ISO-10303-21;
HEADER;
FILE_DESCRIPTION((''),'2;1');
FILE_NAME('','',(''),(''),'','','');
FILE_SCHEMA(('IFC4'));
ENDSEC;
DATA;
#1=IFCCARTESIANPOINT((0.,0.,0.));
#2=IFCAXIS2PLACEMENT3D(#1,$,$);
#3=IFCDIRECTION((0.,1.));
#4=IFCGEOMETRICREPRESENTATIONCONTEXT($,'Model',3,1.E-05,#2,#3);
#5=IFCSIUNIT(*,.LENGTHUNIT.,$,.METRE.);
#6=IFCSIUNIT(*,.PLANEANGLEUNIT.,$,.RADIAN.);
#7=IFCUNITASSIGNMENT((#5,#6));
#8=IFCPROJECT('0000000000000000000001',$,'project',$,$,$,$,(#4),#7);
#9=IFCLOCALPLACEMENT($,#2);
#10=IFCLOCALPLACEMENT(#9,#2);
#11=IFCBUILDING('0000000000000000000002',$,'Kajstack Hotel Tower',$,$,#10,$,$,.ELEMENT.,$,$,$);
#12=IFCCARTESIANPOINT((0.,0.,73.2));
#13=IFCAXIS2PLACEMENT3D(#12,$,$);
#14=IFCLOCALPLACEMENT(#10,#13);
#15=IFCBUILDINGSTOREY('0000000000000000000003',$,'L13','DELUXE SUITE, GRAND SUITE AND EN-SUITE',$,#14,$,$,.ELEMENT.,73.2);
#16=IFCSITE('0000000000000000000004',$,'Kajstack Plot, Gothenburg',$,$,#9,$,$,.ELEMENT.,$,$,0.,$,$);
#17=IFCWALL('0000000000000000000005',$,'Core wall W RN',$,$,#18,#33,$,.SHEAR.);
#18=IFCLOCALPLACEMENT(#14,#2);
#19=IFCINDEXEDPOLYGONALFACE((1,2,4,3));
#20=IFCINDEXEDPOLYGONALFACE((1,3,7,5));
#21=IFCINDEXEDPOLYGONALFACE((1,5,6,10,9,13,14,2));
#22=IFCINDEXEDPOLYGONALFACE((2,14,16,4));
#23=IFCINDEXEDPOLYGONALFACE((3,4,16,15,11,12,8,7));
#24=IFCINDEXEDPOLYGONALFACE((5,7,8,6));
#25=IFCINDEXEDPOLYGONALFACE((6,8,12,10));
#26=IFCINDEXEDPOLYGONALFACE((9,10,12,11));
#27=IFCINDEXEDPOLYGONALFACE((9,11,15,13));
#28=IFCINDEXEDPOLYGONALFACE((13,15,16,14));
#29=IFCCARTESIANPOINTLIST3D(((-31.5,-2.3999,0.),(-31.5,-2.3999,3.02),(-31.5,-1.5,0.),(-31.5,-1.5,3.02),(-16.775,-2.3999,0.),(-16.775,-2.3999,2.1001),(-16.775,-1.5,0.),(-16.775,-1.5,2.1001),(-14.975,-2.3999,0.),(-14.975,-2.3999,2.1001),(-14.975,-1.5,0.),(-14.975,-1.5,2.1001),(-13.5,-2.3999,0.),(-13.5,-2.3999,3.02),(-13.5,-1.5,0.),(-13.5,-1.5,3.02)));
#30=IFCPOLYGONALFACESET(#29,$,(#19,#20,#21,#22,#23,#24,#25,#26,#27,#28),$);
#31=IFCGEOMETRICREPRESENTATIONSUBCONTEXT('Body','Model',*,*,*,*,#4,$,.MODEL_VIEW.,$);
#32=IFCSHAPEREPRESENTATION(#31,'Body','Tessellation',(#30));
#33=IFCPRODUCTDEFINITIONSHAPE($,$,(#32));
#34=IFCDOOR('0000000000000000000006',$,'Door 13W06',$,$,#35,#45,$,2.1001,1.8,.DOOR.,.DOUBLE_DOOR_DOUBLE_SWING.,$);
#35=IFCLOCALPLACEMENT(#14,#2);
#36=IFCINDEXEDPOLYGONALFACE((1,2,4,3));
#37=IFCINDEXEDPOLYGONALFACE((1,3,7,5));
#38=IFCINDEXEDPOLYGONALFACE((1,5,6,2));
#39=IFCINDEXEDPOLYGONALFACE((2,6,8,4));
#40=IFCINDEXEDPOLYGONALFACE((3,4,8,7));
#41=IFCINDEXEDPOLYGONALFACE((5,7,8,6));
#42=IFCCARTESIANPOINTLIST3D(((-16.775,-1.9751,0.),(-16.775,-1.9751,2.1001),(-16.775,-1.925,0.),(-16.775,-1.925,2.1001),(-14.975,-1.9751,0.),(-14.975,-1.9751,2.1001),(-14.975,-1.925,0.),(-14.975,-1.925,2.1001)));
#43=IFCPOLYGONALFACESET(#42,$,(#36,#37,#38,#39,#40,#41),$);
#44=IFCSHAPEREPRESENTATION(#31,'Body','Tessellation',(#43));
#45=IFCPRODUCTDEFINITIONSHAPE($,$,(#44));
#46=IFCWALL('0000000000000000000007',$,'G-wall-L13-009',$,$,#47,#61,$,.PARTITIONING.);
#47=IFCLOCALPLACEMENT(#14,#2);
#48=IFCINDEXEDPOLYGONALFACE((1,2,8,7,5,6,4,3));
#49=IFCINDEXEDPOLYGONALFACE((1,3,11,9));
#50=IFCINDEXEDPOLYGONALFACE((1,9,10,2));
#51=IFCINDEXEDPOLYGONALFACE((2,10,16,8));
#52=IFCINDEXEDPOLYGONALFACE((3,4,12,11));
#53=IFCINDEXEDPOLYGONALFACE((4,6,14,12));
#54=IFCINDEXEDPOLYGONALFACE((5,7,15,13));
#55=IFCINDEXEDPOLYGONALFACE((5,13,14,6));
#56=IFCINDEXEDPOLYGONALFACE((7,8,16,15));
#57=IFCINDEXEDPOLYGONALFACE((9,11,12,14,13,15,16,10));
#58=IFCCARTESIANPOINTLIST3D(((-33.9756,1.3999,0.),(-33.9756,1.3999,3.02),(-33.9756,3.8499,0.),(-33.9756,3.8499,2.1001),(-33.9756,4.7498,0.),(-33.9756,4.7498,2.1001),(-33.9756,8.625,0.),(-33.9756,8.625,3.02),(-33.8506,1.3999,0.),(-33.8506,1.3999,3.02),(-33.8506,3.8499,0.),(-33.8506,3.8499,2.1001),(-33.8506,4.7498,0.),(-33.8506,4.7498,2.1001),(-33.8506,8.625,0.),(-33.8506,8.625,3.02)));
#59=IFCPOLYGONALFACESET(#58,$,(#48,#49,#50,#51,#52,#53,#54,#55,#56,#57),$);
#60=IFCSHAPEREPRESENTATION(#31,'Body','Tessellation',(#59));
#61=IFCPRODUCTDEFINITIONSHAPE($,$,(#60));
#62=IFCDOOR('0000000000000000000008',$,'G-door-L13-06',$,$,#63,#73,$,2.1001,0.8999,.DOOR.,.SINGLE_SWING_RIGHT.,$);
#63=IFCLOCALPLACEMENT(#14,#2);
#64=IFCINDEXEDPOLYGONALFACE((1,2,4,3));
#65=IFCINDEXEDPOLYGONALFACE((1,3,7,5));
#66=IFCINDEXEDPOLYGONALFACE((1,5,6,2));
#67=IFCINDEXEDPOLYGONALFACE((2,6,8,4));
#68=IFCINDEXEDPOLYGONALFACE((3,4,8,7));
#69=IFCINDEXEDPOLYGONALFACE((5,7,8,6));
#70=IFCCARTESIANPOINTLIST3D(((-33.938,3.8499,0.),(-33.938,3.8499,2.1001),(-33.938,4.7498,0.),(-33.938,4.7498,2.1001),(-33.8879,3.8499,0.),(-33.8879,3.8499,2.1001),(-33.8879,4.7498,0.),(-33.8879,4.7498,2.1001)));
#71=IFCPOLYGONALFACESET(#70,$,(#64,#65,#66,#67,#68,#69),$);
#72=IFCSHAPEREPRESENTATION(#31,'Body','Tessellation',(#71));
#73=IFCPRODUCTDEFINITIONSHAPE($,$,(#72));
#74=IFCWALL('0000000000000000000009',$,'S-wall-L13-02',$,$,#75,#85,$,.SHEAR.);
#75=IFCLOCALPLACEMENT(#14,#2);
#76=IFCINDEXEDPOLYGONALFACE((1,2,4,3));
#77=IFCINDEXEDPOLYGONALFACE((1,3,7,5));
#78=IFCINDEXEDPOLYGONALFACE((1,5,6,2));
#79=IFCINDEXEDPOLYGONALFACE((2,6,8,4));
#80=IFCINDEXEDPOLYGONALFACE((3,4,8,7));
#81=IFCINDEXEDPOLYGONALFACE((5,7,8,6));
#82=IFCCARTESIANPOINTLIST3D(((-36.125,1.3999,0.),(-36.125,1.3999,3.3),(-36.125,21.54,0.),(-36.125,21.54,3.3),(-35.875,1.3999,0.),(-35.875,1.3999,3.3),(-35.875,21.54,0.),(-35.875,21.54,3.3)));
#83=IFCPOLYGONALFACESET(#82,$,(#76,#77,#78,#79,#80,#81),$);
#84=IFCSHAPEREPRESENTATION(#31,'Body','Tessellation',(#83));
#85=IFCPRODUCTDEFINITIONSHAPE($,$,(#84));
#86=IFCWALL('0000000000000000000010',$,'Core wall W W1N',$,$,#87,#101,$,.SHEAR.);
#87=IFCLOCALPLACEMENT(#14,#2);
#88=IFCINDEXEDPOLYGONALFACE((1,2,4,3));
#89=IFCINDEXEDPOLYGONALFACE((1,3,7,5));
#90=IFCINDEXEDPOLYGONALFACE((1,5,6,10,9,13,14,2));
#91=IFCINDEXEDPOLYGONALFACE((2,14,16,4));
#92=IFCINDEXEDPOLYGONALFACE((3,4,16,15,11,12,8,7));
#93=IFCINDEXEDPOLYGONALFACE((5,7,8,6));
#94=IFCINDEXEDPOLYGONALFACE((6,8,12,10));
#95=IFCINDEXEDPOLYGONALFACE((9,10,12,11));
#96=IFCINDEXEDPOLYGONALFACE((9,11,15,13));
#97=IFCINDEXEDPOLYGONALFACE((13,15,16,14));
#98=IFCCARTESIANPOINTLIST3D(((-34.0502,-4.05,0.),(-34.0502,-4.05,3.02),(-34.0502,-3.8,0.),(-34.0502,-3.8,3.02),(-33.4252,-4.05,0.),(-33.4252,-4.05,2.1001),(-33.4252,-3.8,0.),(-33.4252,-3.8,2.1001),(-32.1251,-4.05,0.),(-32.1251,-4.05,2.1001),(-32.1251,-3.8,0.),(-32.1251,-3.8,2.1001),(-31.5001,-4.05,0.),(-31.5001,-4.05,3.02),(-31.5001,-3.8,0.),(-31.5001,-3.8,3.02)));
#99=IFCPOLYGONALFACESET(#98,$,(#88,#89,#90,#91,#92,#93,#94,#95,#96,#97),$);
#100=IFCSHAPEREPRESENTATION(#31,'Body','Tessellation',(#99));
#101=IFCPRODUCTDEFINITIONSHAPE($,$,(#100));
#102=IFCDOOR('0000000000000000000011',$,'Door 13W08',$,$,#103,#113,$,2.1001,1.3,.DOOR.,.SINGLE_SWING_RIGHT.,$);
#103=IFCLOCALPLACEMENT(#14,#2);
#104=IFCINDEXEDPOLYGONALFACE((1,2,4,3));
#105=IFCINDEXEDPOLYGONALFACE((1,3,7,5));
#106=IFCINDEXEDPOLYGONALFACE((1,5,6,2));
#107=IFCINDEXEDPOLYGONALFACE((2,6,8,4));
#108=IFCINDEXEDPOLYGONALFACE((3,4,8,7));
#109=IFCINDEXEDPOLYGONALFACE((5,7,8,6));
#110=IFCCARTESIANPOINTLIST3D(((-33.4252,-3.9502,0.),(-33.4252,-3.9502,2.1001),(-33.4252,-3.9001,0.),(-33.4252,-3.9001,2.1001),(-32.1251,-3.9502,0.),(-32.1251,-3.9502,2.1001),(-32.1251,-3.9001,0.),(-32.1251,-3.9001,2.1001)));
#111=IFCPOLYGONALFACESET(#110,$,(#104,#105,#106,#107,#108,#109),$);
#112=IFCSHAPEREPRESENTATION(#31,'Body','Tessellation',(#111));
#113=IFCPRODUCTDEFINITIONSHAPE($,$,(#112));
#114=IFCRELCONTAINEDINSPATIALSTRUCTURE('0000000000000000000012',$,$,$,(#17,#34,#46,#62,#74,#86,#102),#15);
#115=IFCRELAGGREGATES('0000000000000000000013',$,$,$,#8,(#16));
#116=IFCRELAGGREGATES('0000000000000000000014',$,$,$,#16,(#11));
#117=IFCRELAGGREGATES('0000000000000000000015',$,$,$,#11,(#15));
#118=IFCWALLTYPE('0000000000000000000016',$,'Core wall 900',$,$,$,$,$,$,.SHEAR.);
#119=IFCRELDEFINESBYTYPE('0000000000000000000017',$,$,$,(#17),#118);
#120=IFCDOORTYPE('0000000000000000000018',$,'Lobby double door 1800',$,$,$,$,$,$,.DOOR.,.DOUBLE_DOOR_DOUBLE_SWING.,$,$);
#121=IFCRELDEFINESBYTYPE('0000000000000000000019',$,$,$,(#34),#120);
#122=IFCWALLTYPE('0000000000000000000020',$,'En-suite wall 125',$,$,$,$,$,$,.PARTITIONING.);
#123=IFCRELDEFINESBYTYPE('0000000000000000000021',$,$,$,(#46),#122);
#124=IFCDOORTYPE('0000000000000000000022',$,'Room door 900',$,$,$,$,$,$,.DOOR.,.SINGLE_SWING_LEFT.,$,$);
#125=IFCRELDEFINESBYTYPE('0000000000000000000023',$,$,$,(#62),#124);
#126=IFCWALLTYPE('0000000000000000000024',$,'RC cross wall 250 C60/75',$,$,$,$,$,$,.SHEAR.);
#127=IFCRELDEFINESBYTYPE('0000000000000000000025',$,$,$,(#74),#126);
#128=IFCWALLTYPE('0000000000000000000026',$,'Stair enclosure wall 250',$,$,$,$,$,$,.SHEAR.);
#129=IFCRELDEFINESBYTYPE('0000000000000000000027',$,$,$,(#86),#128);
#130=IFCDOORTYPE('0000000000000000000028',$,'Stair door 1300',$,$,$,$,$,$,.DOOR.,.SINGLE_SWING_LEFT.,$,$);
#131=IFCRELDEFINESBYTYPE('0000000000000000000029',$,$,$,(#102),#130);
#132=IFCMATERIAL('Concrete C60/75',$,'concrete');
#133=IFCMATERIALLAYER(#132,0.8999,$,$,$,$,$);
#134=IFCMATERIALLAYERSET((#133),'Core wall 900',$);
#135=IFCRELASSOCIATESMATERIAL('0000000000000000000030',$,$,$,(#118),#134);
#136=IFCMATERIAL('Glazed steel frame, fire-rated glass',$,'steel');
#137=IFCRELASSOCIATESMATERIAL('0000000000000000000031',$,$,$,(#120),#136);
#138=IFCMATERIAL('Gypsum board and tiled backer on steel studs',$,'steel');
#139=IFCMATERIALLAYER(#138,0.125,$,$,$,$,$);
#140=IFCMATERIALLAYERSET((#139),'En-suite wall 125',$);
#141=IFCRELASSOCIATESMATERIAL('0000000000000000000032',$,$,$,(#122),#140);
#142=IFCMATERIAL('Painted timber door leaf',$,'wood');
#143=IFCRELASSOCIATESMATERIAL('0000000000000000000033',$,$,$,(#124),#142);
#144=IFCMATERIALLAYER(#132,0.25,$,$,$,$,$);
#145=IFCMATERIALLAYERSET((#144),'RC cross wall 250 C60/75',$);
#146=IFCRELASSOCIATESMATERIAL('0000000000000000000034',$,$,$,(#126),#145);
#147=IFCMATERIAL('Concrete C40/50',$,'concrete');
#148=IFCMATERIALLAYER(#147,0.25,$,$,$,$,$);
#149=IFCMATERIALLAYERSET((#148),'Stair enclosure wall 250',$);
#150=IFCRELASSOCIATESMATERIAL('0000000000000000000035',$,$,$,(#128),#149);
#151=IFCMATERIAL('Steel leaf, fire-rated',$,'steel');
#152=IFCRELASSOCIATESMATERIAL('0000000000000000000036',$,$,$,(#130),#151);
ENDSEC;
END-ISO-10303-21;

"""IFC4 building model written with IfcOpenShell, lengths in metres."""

from ifc_helpers import new_model, si_unit, direction, frame, frame_2d, origin, place, context, subcontext, project, spatial, rectangle, extrude, material, layer, layer_set, type_object, element, fill, save


model = new_model("IFC4")

# Units and contexts
model_context = context("Model", 3, precision=1e-05, world=origin(), true_north=direction((0.0, 1.0)))
body_context = subcontext(model_context, "Body", "Model", "MODEL_VIEW")
ifc_project = project(units=[si_unit("LENGTHUNIT", "METRE"), si_unit("PLANEANGLEUNIT", "RADIAN")], contexts=[model_context])

# Site, building, storey
site_placement = place(None, origin())
site = spatial("IfcSite", under=ifc_project, at=site_placement, Name="Kajstack Plot, Gothenburg", CompositionType="ELEMENT", RefElevation=0.0)
building_placement = place(site_placement, origin())
building = spatial("IfcBuilding", under=site, at=building_placement, Name="Kajstack Hotel Tower", CompositionType="ELEMENT")
storey_placement = place(building_placement, frame((0.0, 0.0, 73.2)))
storey = spatial("IfcBuildingStorey", under=building, at=storey_placement, Name="L13", Description="DELUXE SUITE, GRAND SUITE AND EN-SUITE", CompositionType="ELEMENT", Elevation=73.2)

# Walls, openings, doors
ifc_material_1 = material(Name="Concrete C60/75", Category="concrete")
ifc_layer_1 = layer(ifc_material_1, 0.8999)
ifc_layer_set_1 = layer_set([ifc_layer_1], Name="Core wall 900")
wall_type_1 = type_object("IfcWallType", Name="Core wall 900", PredefinedType="SHEAR", material=ifc_layer_set_1)
wall_1_placement = place(storey_placement, frame((-31.5, -1.95, 0.0), z_axis=(0.0, 0.0, 1.0), x_axis=(1.0, 0.0, 0.0)))
wall_1 = element("IfcWall", 1, at=wall_1_placement, inside=storey, type_object=wall_type_1, Name="Core wall W RN", PredefinedType="SHEAR", context=body_context, shape_type="SweptSolid", body=[
    extrude(rectangle(XDim=18.0, YDim=0.8999, at=frame_2d((9.0, 0.0))), origin(), (0.0, 0.0, 1.0), 3.02),
])
opening_1_placement = place(wall_1_placement, frame((14.7251, 0.0, 0.0)))
opening_1 = element("IfcOpeningElement", 2, at=opening_1_placement, cuts=wall_1, PredefinedType="OPENING", context=body_context, shape_type="SweptSolid", body=[
    extrude(rectangle(XDim=1.8, YDim=2.1001, at=frame_2d((0.8999, 1.05))), frame((0.0, 0.46, 0.0), z_axis=(0.0, -1.0, 0.0), x_axis=(1.0, 0.0, 0.0)), (0.0, 0.0, 1.0), 0.9199),
])
ifc_material_2 = material(Name="Glazed steel frame, fire-rated glass", Category="steel")
door_type_1 = type_object("IfcDoorType", Name="Lobby double door 1800", OperationType="DOUBLE_DOOR_DOUBLE_SWING", PredefinedType="DOOR", material=ifc_material_2)
door_1_placement = place(opening_1_placement, origin())
door_1 = element("IfcDoor", 3, at=door_1_placement, inside=storey, type_object=door_type_1, Name="Door 13W06", OperationType="DOUBLE_DOOR_DOUBLE_SWING", OverallHeight=2.1001, OverallWidth=1.8, PredefinedType="DOOR", context=body_context, shape_type="SweptSolid", body=[
    extrude(rectangle(XDim=1.8, YDim=2.1001, at=frame_2d((0.8999, 1.05))), frame((0.0, 0.0249, 0.0), z_axis=(0.0, -1.0, 0.0), x_axis=(1.0, 0.0, 0.0)), (0.0, 0.0, 1.0), 0.05),
])
fill(opening_1, door_1)
ifc_material_3 = material(Name="Gypsum board and tiled backer on steel studs", Category="steel")
ifc_layer_2 = layer(ifc_material_3, 0.125)
ifc_layer_set_2 = layer_set([ifc_layer_2], Name="En-suite wall 125")
wall_type_2 = type_object("IfcWallType", Name="En-suite wall 125", PredefinedType="PARTITIONING", material=ifc_layer_set_2)
wall_2_placement = place(storey_placement, frame((-33.9131, 1.3999, 0.0), z_axis=(0.0, 0.0, 1.0), x_axis=(0.0, 1.0, 0.0)))
wall_2 = element("IfcWall", 4, at=wall_2_placement, inside=storey, type_object=wall_type_2, Name="G-wall-L13-009", PredefinedType="PARTITIONING", context=body_context, shape_type="SweptSolid", body=[
    extrude(rectangle(XDim=7.2251, YDim=0.125, at=frame_2d((3.6125, 0.0))), origin(), (0.0, 0.0, 1.0), 3.02),
])
opening_2_placement = place(wall_2_placement, frame((2.45, 0.0, 0.0)))
opening_2 = element("IfcOpeningElement", 5, at=opening_2_placement, cuts=wall_2, PredefinedType="OPENING", context=body_context, shape_type="SweptSolid", body=[
    extrude(rectangle(XDim=0.8999, YDim=2.1001, at=frame_2d((0.45, 1.05))), frame((0.0, 0.0725, 0.0), z_axis=(0.0, -1.0, 0.0), x_axis=(1.0, 0.0, 0.0)), (0.0, 0.0, 1.0), 0.145),
])
ifc_material_4 = material(Name="Painted timber door leaf", Category="wood")
door_type_2 = type_object("IfcDoorType", Name="Room door 900", OperationType="SINGLE_SWING_LEFT", PredefinedType="DOOR", material=ifc_material_4)
door_2_placement = place(opening_2_placement, origin())
door_2 = element("IfcDoor", 6, at=door_2_placement, inside=storey, type_object=door_type_2, Name="G-door-L13-06", OperationType="SINGLE_SWING_RIGHT", OverallHeight=2.1001, OverallWidth=0.8999, PredefinedType="DOOR", context=body_context, shape_type="SweptSolid", body=[
    extrude(rectangle(XDim=0.8999, YDim=2.1001, at=frame_2d((0.45, 1.05))), frame((0.0, 0.0249, 0.0), z_axis=(0.0, -1.0, 0.0), x_axis=(1.0, 0.0, 0.0)), (0.0, 0.0, 1.0), 0.05),
])
fill(opening_2, door_2)

# Wall
ifc_layer_3 = layer(ifc_material_1, 0.25)
ifc_layer_set_3 = layer_set([ifc_layer_3], Name="RC cross wall 250 C60/75")
wall_type_3 = type_object("IfcWallType", Name="RC cross wall 250 C60/75", PredefinedType="SHEAR", material=ifc_layer_set_3)
wall_3_placement = place(storey_placement, frame((-36.0, 1.3999, 0.0), z_axis=(0.0, 0.0, 1.0), x_axis=(0.0, 1.0, 0.0)))
element("IfcWall", 7, at=wall_3_placement, inside=storey, type_object=wall_type_3, Name="S-wall-L13-02", PredefinedType="SHEAR", context=body_context, shape_type="SweptSolid", body=[
    extrude(rectangle(XDim=20.1401, YDim=0.25, at=frame_2d((10.0701, 0.0))), origin(), (0.0, 0.0, 1.0), 3.3),
])

# Wall, opening, door
ifc_material_5 = material(Name="Concrete C40/50", Category="concrete")
ifc_layer_4 = layer(ifc_material_5, 0.25)
ifc_layer_set_4 = layer_set([ifc_layer_4], Name="Stair enclosure wall 250")
wall_type_4 = type_object("IfcWallType", Name="Stair enclosure wall 250", PredefinedType="SHEAR", material=ifc_layer_set_4)
wall_4_placement = place(storey_placement, frame((-34.05, -3.925, 0.0), z_axis=(0.0, 0.0, 1.0), x_axis=(1.0, 0.0, 0.0)))
wall_4 = element("IfcWall", 8, at=wall_4_placement, inside=storey, type_object=wall_type_4, Name="Core wall W W1N", PredefinedType="SHEAR", context=body_context, shape_type="SweptSolid", body=[
    extrude(rectangle(XDim=2.55, YDim=0.25, at=frame_2d((1.2749, 0.0))), origin(), (0.0, 0.0, 1.0), 3.02),
])
opening_3_placement = place(wall_4_placement, frame((0.625, 0.0, 0.0)))
opening_3 = element("IfcOpeningElement", 9, at=opening_3_placement, cuts=wall_4, PredefinedType="OPENING", context=body_context, shape_type="SweptSolid", body=[
    extrude(rectangle(XDim=1.3, YDim=2.1001, at=frame_2d((0.6499, 1.05))), frame((0.0, 0.135, 0.0), z_axis=(0.0, -1.0, 0.0), x_axis=(1.0, 0.0, 0.0)), (0.0, 0.0, 1.0), 0.27),
])
ifc_material_6 = material(Name="Steel leaf, fire-rated", Category="steel")
door_type_3 = type_object("IfcDoorType", Name="Stair door 1300", OperationType="SINGLE_SWING_LEFT", PredefinedType="DOOR", material=ifc_material_6)
door_3_placement = place(opening_3_placement, origin())
door_3 = element("IfcDoor", 10, at=door_3_placement, inside=storey, type_object=door_type_3, Name="Door 13W08", OperationType="SINGLE_SWING_RIGHT", OverallHeight=2.1001, OverallWidth=1.3, PredefinedType="DOOR", context=body_context, shape_type="SweptSolid", body=[
    extrude(rectangle(XDim=1.3, YDim=2.1001, at=frame_2d((0.6499, 1.05))), frame((0.0, 0.0249, 0.0), z_axis=(0.0, -1.0, 0.0), x_axis=(1.0, 0.0, 0.0)), (0.0, 0.0, 1.0), 0.05),
])
fill(opening_3, door_3)

save(model, "model.ifc")
